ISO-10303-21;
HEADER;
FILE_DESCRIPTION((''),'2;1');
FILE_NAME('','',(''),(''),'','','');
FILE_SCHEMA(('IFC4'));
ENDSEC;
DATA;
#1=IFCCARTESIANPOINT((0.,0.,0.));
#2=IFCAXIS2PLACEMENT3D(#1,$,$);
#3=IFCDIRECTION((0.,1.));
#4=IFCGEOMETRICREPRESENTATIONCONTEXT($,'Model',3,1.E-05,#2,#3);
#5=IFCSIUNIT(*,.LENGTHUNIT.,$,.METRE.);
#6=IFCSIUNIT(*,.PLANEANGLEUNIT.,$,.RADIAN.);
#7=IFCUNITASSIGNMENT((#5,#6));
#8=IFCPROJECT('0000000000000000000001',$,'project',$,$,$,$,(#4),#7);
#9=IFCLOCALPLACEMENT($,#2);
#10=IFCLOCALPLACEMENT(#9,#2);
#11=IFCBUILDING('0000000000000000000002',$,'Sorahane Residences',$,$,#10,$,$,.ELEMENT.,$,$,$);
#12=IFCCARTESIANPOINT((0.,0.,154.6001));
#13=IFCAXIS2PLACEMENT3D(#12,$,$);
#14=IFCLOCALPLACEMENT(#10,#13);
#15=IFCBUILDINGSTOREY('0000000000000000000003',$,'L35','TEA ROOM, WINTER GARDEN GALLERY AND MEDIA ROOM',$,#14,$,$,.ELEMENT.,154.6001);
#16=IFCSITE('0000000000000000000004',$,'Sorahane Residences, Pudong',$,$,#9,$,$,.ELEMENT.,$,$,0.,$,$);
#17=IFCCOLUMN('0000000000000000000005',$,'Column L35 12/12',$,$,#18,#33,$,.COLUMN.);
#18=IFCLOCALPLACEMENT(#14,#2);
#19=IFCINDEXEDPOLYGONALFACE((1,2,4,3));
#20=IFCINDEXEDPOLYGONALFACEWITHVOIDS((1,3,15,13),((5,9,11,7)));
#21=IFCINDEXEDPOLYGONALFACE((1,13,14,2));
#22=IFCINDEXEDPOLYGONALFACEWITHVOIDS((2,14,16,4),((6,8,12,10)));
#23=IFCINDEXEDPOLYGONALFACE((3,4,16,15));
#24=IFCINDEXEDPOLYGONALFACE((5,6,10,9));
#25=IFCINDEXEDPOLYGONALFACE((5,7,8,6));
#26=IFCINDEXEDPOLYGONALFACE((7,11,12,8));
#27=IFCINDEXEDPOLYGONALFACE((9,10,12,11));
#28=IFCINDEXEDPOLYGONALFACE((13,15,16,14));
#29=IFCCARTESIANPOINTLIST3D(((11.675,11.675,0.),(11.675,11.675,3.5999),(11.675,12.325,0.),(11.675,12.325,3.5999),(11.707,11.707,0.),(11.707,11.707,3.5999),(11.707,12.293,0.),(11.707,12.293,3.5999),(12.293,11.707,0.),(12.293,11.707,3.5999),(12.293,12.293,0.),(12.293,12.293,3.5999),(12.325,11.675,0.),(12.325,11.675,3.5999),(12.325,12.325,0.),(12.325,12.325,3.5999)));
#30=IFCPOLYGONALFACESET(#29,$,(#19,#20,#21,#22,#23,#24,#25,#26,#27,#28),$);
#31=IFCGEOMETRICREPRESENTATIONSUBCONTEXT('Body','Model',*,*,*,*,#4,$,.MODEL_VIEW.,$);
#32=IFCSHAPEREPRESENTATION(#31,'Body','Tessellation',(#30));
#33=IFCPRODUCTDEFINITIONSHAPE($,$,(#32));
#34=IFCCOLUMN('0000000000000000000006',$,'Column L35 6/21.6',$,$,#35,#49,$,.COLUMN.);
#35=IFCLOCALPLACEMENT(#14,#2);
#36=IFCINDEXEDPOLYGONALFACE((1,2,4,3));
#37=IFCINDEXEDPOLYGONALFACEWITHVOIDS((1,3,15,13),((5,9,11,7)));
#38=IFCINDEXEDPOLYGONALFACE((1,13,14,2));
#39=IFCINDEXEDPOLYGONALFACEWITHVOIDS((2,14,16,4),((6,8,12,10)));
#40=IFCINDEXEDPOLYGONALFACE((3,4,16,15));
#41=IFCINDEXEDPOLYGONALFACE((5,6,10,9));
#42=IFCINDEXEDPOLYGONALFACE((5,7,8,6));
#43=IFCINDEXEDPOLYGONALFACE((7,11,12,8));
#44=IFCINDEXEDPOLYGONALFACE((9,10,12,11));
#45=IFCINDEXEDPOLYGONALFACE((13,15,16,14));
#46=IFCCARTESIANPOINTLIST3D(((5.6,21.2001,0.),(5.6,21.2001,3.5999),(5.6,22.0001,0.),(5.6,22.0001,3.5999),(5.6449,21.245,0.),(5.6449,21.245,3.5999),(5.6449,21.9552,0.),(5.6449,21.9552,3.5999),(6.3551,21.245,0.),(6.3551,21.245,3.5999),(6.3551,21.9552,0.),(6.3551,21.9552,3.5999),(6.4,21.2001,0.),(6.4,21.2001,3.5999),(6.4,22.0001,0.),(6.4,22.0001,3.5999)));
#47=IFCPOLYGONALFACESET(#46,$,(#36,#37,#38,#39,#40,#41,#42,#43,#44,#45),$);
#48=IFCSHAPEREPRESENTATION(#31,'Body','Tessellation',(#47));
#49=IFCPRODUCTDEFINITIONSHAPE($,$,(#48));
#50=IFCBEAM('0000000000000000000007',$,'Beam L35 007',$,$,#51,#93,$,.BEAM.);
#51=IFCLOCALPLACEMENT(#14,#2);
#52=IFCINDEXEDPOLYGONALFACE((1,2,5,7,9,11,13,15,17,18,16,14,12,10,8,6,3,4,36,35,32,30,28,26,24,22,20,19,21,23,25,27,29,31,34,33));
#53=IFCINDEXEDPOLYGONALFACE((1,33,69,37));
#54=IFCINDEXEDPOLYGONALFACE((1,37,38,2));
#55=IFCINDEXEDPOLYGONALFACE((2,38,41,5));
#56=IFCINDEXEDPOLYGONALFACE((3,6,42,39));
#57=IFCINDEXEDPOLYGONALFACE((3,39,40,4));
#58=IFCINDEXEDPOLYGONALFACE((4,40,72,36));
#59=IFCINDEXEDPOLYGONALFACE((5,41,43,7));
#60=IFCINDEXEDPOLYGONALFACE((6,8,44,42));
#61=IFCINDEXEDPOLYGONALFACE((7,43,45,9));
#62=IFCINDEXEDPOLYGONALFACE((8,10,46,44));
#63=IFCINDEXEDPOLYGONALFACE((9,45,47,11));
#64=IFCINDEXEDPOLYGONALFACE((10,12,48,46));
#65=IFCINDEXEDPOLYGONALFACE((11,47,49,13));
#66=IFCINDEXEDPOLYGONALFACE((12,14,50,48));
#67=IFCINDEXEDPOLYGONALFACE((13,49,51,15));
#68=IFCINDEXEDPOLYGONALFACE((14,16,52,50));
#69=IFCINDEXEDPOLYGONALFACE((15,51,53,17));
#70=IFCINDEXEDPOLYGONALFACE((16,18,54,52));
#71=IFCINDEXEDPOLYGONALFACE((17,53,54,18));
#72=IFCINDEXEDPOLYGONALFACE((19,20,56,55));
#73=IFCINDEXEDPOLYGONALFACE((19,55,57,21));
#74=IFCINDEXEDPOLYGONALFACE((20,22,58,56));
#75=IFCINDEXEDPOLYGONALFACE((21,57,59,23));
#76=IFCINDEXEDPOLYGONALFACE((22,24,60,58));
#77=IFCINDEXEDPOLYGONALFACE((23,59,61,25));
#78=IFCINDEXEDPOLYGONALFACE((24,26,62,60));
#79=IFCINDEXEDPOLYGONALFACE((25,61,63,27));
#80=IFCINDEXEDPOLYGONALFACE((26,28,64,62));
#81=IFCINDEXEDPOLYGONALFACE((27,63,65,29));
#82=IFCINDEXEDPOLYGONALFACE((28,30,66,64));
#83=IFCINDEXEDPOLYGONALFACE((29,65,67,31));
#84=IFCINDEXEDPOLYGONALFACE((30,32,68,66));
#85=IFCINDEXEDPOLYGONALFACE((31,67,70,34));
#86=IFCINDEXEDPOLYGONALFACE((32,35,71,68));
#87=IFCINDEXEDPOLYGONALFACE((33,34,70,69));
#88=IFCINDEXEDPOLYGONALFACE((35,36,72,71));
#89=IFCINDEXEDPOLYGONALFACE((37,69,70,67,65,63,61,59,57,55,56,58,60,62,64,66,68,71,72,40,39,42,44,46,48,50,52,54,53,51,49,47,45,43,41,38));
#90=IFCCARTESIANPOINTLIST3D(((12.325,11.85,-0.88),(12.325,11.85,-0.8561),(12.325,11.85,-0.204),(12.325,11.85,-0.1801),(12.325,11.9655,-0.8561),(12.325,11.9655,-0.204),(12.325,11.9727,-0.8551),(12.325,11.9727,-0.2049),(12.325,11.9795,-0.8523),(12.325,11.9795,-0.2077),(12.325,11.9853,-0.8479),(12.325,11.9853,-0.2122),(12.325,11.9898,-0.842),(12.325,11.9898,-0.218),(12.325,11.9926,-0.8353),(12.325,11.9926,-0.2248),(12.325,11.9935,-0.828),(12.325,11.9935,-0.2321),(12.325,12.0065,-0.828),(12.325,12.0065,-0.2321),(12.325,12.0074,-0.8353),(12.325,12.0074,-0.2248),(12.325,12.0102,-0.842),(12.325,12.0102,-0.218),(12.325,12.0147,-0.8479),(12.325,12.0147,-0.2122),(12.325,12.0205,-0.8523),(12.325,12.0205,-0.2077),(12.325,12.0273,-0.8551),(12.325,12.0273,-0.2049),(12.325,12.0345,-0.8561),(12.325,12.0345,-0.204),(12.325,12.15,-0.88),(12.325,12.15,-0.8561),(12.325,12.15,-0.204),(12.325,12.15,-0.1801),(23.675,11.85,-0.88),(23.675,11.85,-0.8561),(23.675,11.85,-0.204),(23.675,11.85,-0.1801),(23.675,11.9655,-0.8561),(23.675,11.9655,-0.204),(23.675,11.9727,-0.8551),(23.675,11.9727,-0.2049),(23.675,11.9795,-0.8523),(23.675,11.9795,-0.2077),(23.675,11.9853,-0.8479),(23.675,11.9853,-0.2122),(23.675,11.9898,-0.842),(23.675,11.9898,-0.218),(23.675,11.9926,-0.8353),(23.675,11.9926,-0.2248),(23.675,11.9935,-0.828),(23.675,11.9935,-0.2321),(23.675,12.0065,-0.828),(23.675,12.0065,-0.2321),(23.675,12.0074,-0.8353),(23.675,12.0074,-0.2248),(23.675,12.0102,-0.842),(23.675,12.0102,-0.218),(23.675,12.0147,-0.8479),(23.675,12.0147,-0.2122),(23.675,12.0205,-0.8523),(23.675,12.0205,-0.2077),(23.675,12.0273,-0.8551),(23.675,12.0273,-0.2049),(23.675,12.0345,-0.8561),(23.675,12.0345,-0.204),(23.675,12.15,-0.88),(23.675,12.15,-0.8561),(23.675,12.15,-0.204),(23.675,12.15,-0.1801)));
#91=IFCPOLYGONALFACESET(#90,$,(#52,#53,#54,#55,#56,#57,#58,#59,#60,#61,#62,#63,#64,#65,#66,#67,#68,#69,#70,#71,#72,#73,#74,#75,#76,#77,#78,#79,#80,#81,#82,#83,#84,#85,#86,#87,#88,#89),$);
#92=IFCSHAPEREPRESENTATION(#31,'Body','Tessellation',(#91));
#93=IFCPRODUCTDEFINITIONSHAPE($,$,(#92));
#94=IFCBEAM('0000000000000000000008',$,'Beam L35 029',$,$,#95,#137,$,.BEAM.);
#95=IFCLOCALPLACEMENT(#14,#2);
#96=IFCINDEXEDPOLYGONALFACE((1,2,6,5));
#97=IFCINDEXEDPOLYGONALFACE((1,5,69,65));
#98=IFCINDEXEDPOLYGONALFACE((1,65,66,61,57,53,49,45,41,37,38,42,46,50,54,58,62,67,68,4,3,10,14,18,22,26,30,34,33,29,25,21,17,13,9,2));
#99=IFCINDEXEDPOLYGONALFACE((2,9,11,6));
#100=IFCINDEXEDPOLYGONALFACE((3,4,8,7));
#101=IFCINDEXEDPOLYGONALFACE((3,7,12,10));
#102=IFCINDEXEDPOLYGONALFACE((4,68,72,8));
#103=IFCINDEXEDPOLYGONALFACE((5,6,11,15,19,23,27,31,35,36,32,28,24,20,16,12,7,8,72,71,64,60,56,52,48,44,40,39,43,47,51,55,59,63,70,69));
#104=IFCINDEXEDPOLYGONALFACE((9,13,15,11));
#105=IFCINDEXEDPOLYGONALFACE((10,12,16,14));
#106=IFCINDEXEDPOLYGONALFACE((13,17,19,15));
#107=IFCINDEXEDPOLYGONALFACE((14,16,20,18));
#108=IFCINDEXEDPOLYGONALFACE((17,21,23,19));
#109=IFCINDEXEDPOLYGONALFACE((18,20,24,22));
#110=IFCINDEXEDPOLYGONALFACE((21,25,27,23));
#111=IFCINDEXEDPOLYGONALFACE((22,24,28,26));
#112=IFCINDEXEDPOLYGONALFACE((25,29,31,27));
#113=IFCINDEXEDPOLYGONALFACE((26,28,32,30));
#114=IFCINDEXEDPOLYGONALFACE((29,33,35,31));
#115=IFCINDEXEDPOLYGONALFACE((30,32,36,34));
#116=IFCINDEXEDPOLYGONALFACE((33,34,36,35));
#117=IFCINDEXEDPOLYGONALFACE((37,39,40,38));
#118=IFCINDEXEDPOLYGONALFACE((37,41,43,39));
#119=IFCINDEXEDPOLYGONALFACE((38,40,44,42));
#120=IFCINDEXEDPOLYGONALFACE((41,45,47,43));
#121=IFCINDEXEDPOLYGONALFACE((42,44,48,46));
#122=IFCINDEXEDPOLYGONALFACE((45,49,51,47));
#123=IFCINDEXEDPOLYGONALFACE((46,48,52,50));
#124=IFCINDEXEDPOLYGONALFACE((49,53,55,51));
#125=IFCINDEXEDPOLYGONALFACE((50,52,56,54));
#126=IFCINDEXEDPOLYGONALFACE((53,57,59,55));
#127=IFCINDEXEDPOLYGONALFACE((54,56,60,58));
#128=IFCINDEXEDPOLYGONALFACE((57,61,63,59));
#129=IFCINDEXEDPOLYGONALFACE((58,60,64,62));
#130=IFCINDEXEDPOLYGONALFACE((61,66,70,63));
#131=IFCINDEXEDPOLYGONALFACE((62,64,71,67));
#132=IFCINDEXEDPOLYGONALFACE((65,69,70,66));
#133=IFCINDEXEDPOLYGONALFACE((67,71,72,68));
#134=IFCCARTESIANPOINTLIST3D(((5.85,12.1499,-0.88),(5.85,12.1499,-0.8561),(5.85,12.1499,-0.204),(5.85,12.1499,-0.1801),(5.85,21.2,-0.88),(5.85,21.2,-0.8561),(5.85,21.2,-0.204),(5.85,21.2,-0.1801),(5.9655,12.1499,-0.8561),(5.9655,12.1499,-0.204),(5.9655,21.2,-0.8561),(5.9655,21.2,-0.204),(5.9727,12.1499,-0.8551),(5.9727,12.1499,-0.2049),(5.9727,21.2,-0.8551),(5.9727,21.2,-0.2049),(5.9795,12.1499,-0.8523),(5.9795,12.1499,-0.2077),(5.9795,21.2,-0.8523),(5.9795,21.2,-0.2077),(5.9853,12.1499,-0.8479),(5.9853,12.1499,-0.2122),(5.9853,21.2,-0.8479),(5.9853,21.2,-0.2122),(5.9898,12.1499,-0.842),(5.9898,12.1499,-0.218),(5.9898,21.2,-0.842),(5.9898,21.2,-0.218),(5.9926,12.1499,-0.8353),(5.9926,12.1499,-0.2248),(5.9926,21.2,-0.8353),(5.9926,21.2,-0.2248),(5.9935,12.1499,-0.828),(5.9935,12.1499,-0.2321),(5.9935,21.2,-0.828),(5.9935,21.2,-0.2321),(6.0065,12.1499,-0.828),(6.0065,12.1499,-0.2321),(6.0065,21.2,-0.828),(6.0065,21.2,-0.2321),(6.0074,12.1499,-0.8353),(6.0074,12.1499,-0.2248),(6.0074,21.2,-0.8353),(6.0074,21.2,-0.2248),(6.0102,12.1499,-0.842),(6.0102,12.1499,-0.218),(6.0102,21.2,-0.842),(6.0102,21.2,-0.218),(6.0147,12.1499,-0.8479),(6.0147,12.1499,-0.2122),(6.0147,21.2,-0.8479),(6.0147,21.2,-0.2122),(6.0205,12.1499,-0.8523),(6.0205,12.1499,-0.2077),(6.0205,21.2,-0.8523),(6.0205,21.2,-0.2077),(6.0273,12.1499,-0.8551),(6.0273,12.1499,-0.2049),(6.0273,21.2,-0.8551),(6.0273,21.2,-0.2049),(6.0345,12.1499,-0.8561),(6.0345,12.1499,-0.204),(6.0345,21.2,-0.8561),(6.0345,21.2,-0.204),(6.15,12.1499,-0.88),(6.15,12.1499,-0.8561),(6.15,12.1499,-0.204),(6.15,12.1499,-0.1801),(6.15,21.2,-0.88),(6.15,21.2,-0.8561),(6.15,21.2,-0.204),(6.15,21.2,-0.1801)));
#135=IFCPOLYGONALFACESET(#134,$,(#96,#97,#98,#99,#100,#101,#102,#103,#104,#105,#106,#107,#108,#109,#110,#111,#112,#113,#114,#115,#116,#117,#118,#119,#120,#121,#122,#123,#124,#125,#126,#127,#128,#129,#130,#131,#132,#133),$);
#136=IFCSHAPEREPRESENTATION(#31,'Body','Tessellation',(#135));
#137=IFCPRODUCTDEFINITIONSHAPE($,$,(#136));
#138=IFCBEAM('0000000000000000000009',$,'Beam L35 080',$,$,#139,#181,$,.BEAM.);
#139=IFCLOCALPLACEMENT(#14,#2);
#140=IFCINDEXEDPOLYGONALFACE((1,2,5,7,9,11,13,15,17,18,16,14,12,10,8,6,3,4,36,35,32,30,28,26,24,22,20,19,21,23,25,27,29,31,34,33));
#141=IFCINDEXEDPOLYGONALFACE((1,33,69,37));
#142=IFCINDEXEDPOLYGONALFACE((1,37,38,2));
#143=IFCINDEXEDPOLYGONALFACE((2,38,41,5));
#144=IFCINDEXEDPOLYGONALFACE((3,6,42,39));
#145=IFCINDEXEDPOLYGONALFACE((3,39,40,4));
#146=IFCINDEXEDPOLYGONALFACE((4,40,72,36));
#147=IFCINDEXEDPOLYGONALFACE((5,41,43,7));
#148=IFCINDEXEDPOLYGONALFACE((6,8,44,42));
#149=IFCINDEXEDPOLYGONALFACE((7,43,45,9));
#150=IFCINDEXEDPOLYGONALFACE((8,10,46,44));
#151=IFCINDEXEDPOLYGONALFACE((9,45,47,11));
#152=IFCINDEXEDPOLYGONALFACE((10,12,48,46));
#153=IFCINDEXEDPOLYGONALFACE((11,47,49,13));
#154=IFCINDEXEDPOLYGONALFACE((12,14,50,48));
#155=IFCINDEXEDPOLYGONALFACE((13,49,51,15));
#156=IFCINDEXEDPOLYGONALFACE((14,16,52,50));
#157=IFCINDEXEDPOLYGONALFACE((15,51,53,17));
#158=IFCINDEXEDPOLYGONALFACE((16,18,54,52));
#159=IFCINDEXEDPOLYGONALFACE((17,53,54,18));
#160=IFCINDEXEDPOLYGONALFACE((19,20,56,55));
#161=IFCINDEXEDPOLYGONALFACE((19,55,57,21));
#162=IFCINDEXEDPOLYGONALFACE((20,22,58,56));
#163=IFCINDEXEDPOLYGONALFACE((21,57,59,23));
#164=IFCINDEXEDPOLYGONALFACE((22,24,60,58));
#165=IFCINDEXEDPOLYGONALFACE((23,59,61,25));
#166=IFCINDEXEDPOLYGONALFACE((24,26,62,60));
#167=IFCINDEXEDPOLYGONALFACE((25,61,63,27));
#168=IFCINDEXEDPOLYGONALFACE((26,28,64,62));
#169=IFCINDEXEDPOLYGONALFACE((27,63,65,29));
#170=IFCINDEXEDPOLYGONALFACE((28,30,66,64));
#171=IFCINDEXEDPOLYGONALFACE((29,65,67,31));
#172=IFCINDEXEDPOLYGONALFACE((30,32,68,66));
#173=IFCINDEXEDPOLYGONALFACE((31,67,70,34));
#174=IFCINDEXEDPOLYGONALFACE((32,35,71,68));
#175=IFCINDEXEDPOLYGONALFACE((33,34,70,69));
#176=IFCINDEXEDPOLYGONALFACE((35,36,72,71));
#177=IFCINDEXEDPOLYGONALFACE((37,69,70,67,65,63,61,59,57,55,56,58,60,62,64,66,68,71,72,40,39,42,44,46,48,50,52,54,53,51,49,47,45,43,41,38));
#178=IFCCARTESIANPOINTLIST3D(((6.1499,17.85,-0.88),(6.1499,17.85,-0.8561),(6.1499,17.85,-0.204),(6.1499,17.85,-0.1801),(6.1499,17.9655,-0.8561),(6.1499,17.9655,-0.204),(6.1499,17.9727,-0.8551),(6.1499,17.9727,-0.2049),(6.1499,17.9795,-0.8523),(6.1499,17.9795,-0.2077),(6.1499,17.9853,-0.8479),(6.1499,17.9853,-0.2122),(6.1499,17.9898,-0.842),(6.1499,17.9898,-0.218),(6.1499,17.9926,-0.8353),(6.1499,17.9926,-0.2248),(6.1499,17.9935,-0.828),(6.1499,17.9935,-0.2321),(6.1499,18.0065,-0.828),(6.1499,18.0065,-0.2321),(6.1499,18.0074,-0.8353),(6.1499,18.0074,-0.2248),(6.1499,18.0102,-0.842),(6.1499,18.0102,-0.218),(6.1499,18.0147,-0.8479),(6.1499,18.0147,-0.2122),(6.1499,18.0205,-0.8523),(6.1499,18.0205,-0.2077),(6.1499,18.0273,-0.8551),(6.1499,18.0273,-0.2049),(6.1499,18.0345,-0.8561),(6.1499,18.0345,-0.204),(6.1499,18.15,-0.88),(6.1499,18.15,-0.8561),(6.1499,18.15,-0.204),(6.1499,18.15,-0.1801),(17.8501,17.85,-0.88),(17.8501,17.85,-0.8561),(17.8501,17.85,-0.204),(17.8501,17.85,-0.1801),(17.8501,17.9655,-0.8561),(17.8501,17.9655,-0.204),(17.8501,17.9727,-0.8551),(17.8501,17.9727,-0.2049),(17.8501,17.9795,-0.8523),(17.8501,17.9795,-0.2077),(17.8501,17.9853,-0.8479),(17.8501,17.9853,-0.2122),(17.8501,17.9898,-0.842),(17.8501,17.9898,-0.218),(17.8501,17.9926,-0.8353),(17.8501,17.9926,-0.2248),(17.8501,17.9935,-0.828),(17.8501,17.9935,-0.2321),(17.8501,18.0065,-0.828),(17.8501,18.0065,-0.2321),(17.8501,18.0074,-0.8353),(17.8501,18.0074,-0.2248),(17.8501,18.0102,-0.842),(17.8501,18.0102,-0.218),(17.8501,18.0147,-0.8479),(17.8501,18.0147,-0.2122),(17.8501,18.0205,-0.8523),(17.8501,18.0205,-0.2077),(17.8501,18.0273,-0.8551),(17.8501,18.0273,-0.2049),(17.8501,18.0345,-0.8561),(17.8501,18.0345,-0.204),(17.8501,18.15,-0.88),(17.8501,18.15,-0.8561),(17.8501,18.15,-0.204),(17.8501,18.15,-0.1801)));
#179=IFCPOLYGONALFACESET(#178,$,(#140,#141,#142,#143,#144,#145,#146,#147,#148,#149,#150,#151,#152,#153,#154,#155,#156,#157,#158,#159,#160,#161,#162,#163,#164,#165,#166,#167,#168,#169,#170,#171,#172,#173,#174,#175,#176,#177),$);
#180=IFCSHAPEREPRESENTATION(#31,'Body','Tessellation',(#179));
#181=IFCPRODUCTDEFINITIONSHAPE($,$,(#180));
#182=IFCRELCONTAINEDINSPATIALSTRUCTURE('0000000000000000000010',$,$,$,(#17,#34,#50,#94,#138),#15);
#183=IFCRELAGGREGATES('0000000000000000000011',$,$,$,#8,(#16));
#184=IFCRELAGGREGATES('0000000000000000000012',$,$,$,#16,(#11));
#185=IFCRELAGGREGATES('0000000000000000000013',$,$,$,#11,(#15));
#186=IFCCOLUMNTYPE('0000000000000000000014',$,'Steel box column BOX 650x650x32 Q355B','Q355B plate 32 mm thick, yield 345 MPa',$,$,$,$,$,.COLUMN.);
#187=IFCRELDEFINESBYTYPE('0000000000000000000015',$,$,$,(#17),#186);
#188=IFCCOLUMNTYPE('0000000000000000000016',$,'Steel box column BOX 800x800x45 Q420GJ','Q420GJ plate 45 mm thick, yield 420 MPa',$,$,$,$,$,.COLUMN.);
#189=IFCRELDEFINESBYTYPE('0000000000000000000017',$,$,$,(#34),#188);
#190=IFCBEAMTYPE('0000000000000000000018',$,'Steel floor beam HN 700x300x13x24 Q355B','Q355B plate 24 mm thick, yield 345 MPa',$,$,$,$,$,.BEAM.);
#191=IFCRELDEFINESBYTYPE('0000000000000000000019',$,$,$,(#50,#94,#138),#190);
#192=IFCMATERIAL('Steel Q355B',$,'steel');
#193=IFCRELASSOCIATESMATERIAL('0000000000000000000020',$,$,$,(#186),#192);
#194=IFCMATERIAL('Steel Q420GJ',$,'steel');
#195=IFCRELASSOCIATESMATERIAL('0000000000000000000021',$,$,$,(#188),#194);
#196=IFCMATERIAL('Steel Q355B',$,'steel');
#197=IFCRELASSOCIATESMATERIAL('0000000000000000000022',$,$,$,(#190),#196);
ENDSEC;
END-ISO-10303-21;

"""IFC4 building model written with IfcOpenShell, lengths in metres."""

from ifc_helpers import new_model, si_unit, direction, frame, origin, origin_2d, place, context, subcontext, project, spatial, hollow_rectangle, i_section, extrude, material, material_profile, profile_set, type_object, element, save


model = new_model("IFC4")

# Units and contexts
model_context = context("Model", 3, precision=1e-05, world=origin(), true_north=direction((0.0, 1.0)))
body_context = subcontext(model_context, "Body", "Model", "MODEL_VIEW")
ifc_project = project(units=[si_unit("LENGTHUNIT", "METRE"), si_unit("PLANEANGLEUNIT", "RADIAN")], contexts=[model_context])

# Site, building, storey
site_placement = place(None, origin())
site = spatial("IfcSite", under=ifc_project, at=site_placement, Name="Sorahane Residences, Pudong", CompositionType="ELEMENT", RefElevation=0.0)
building_placement = place(site_placement, origin())
building = spatial("IfcBuilding", under=site, at=building_placement, Name="Sorahane Residences", CompositionType="ELEMENT")
storey_placement = place(building_placement, frame((0.0, 0.0, 154.6001)))
storey = spatial("IfcBuildingStorey", under=building, at=storey_placement, Name="L35", Description="TEA ROOM, WINTER GARDEN GALLERY AND MEDIA ROOM", CompositionType="ELEMENT", Elevation=154.6001)

# Columns
ifc_material_1 = material(Name="Steel Q355B", Category="steel")
ifc_material_profile_1 = material_profile(ifc_material_1, hollow_rectangle(XDim=0.6499, YDim=0.6499, WallThickness=0.032, at=origin_2d()), Name="BOX 650x650x32")
ifc_profile_set_1 = profile_set([ifc_material_profile_1], Name="Steel Q355B")
column_type_1 = type_object("IfcColumnType", Name="Steel box column BOX 650x650x32 Q355B", Description="Q355B plate 32 mm thick, yield 345 MPa", PredefinedType="COLUMN", material=ifc_profile_set_1)
column_1_placement = place(storey_placement, frame((12.0, 12.0, 0.0), z_axis=(0.0, 0.0, 1.0), x_axis=(1.0, 0.0, 0.0)))
element("IfcColumn", 1, at=column_1_placement, inside=storey, type_object=column_type_1, Name="Column L35 12/12", PredefinedType="COLUMN", context=body_context, shape_type="SweptSolid", body=[
    extrude(hollow_rectangle(XDim=0.6499, YDim=0.6499, WallThickness=0.032, at=origin_2d()), origin(), (0.0, 0.0, 1.0), 3.5999),
])
ifc_material_2 = material(Name="Steel Q420GJ", Category="steel")
ifc_material_profile_2 = material_profile(ifc_material_2, hollow_rectangle(XDim=0.8, YDim=0.8, WallThickness=0.0449, at=origin_2d()), Name="BOX 800x800x45")
ifc_profile_set_2 = profile_set([ifc_material_profile_2], Name="Steel Q420GJ")
column_type_2 = type_object("IfcColumnType", Name="Steel box column BOX 800x800x45 Q420GJ", Description="Q420GJ plate 45 mm thick, yield 420 MPa", PredefinedType="COLUMN", material=ifc_profile_set_2)
column_2_placement = place(storey_placement, frame((6.0, 21.6001, 0.0), z_axis=(0.0, 0.0, 1.0), x_axis=(1.0, 0.0, 0.0)))
element("IfcColumn", 2, at=column_2_placement, inside=storey, type_object=column_type_2, Name="Column L35 6/21.6", PredefinedType="COLUMN", context=body_context, shape_type="SweptSolid", body=[
    extrude(hollow_rectangle(XDim=0.8, YDim=0.8, WallThickness=0.0449, at=origin_2d()), origin(), (0.0, 0.0, 1.0), 3.5999),
])

# Beams
ifc_material_3 = material(Name="Steel Q355B", Category="steel")
ifc_material_profile_3 = material_profile(ifc_material_3, i_section(OverallWidth=0.3, OverallDepth=0.7, WebThickness=0.0129, FlangeThickness=0.0239, FilletRadius=0.0281, at=origin_2d()), Name="HN 700x300x13x24")
ifc_profile_set_3 = profile_set([ifc_material_profile_3], Name="Steel Q355B")
beam_type = type_object("IfcBeamType", Name="Steel floor beam HN 700x300x13x24 Q355B", Description="Q355B plate 24 mm thick, yield 345 MPa", PredefinedType="BEAM", material=ifc_profile_set_3)
beam_1_placement = place(storey_placement, frame((12.325, 12.0, -0.53), z_axis=(1.0, 0.0, 0.0), x_axis=(0.0, 1.0, 0.0)))
element("IfcBeam", 3, at=beam_1_placement, inside=storey, type_object=beam_type, Name="Beam L35 007", PredefinedType="BEAM", context=body_context, shape_type="SweptSolid", body=[
    extrude(i_section(OverallWidth=0.3, OverallDepth=0.7, WebThickness=0.0129, FlangeThickness=0.0239, FilletRadius=0.0281, at=origin_2d()), origin(), (0.0, 0.0, 1.0), 11.3501),
])
beam_2_placement = place(storey_placement, frame((6.0, 12.1499, -0.53), z_axis=(0.0, 1.0, 0.0), x_axis=(-1.0, 0.0, 0.0)))
element("IfcBeam", 4, at=beam_2_placement, inside=storey, type_object=beam_type, Name="Beam L35 029", PredefinedType="BEAM", context=body_context, shape_type="SweptSolid", body=[
    extrude(i_section(OverallWidth=0.3, OverallDepth=0.7, WebThickness=0.0129, FlangeThickness=0.0239, FilletRadius=0.0281, at=origin_2d()), origin(), (0.0, 0.0, 1.0), 9.05),
])
beam_3_placement = place(storey_placement, frame((6.1499, 18.0, -0.53), z_axis=(1.0, 0.0, 0.0), x_axis=(0.0, 1.0, 0.0)))
element("IfcBeam", 5, at=beam_3_placement, inside=storey, type_object=beam_type, Name="Beam L35 080", PredefinedType="BEAM", context=body_context, shape_type="SweptSolid", body=[
    extrude(i_section(OverallWidth=0.3, OverallDepth=0.7, WebThickness=0.0129, FlangeThickness=0.0239, FilletRadius=0.0281, at=origin_2d()), origin(), (0.0, 0.0, 1.0), 11.7002),
])

save(model, "model.ifc")
